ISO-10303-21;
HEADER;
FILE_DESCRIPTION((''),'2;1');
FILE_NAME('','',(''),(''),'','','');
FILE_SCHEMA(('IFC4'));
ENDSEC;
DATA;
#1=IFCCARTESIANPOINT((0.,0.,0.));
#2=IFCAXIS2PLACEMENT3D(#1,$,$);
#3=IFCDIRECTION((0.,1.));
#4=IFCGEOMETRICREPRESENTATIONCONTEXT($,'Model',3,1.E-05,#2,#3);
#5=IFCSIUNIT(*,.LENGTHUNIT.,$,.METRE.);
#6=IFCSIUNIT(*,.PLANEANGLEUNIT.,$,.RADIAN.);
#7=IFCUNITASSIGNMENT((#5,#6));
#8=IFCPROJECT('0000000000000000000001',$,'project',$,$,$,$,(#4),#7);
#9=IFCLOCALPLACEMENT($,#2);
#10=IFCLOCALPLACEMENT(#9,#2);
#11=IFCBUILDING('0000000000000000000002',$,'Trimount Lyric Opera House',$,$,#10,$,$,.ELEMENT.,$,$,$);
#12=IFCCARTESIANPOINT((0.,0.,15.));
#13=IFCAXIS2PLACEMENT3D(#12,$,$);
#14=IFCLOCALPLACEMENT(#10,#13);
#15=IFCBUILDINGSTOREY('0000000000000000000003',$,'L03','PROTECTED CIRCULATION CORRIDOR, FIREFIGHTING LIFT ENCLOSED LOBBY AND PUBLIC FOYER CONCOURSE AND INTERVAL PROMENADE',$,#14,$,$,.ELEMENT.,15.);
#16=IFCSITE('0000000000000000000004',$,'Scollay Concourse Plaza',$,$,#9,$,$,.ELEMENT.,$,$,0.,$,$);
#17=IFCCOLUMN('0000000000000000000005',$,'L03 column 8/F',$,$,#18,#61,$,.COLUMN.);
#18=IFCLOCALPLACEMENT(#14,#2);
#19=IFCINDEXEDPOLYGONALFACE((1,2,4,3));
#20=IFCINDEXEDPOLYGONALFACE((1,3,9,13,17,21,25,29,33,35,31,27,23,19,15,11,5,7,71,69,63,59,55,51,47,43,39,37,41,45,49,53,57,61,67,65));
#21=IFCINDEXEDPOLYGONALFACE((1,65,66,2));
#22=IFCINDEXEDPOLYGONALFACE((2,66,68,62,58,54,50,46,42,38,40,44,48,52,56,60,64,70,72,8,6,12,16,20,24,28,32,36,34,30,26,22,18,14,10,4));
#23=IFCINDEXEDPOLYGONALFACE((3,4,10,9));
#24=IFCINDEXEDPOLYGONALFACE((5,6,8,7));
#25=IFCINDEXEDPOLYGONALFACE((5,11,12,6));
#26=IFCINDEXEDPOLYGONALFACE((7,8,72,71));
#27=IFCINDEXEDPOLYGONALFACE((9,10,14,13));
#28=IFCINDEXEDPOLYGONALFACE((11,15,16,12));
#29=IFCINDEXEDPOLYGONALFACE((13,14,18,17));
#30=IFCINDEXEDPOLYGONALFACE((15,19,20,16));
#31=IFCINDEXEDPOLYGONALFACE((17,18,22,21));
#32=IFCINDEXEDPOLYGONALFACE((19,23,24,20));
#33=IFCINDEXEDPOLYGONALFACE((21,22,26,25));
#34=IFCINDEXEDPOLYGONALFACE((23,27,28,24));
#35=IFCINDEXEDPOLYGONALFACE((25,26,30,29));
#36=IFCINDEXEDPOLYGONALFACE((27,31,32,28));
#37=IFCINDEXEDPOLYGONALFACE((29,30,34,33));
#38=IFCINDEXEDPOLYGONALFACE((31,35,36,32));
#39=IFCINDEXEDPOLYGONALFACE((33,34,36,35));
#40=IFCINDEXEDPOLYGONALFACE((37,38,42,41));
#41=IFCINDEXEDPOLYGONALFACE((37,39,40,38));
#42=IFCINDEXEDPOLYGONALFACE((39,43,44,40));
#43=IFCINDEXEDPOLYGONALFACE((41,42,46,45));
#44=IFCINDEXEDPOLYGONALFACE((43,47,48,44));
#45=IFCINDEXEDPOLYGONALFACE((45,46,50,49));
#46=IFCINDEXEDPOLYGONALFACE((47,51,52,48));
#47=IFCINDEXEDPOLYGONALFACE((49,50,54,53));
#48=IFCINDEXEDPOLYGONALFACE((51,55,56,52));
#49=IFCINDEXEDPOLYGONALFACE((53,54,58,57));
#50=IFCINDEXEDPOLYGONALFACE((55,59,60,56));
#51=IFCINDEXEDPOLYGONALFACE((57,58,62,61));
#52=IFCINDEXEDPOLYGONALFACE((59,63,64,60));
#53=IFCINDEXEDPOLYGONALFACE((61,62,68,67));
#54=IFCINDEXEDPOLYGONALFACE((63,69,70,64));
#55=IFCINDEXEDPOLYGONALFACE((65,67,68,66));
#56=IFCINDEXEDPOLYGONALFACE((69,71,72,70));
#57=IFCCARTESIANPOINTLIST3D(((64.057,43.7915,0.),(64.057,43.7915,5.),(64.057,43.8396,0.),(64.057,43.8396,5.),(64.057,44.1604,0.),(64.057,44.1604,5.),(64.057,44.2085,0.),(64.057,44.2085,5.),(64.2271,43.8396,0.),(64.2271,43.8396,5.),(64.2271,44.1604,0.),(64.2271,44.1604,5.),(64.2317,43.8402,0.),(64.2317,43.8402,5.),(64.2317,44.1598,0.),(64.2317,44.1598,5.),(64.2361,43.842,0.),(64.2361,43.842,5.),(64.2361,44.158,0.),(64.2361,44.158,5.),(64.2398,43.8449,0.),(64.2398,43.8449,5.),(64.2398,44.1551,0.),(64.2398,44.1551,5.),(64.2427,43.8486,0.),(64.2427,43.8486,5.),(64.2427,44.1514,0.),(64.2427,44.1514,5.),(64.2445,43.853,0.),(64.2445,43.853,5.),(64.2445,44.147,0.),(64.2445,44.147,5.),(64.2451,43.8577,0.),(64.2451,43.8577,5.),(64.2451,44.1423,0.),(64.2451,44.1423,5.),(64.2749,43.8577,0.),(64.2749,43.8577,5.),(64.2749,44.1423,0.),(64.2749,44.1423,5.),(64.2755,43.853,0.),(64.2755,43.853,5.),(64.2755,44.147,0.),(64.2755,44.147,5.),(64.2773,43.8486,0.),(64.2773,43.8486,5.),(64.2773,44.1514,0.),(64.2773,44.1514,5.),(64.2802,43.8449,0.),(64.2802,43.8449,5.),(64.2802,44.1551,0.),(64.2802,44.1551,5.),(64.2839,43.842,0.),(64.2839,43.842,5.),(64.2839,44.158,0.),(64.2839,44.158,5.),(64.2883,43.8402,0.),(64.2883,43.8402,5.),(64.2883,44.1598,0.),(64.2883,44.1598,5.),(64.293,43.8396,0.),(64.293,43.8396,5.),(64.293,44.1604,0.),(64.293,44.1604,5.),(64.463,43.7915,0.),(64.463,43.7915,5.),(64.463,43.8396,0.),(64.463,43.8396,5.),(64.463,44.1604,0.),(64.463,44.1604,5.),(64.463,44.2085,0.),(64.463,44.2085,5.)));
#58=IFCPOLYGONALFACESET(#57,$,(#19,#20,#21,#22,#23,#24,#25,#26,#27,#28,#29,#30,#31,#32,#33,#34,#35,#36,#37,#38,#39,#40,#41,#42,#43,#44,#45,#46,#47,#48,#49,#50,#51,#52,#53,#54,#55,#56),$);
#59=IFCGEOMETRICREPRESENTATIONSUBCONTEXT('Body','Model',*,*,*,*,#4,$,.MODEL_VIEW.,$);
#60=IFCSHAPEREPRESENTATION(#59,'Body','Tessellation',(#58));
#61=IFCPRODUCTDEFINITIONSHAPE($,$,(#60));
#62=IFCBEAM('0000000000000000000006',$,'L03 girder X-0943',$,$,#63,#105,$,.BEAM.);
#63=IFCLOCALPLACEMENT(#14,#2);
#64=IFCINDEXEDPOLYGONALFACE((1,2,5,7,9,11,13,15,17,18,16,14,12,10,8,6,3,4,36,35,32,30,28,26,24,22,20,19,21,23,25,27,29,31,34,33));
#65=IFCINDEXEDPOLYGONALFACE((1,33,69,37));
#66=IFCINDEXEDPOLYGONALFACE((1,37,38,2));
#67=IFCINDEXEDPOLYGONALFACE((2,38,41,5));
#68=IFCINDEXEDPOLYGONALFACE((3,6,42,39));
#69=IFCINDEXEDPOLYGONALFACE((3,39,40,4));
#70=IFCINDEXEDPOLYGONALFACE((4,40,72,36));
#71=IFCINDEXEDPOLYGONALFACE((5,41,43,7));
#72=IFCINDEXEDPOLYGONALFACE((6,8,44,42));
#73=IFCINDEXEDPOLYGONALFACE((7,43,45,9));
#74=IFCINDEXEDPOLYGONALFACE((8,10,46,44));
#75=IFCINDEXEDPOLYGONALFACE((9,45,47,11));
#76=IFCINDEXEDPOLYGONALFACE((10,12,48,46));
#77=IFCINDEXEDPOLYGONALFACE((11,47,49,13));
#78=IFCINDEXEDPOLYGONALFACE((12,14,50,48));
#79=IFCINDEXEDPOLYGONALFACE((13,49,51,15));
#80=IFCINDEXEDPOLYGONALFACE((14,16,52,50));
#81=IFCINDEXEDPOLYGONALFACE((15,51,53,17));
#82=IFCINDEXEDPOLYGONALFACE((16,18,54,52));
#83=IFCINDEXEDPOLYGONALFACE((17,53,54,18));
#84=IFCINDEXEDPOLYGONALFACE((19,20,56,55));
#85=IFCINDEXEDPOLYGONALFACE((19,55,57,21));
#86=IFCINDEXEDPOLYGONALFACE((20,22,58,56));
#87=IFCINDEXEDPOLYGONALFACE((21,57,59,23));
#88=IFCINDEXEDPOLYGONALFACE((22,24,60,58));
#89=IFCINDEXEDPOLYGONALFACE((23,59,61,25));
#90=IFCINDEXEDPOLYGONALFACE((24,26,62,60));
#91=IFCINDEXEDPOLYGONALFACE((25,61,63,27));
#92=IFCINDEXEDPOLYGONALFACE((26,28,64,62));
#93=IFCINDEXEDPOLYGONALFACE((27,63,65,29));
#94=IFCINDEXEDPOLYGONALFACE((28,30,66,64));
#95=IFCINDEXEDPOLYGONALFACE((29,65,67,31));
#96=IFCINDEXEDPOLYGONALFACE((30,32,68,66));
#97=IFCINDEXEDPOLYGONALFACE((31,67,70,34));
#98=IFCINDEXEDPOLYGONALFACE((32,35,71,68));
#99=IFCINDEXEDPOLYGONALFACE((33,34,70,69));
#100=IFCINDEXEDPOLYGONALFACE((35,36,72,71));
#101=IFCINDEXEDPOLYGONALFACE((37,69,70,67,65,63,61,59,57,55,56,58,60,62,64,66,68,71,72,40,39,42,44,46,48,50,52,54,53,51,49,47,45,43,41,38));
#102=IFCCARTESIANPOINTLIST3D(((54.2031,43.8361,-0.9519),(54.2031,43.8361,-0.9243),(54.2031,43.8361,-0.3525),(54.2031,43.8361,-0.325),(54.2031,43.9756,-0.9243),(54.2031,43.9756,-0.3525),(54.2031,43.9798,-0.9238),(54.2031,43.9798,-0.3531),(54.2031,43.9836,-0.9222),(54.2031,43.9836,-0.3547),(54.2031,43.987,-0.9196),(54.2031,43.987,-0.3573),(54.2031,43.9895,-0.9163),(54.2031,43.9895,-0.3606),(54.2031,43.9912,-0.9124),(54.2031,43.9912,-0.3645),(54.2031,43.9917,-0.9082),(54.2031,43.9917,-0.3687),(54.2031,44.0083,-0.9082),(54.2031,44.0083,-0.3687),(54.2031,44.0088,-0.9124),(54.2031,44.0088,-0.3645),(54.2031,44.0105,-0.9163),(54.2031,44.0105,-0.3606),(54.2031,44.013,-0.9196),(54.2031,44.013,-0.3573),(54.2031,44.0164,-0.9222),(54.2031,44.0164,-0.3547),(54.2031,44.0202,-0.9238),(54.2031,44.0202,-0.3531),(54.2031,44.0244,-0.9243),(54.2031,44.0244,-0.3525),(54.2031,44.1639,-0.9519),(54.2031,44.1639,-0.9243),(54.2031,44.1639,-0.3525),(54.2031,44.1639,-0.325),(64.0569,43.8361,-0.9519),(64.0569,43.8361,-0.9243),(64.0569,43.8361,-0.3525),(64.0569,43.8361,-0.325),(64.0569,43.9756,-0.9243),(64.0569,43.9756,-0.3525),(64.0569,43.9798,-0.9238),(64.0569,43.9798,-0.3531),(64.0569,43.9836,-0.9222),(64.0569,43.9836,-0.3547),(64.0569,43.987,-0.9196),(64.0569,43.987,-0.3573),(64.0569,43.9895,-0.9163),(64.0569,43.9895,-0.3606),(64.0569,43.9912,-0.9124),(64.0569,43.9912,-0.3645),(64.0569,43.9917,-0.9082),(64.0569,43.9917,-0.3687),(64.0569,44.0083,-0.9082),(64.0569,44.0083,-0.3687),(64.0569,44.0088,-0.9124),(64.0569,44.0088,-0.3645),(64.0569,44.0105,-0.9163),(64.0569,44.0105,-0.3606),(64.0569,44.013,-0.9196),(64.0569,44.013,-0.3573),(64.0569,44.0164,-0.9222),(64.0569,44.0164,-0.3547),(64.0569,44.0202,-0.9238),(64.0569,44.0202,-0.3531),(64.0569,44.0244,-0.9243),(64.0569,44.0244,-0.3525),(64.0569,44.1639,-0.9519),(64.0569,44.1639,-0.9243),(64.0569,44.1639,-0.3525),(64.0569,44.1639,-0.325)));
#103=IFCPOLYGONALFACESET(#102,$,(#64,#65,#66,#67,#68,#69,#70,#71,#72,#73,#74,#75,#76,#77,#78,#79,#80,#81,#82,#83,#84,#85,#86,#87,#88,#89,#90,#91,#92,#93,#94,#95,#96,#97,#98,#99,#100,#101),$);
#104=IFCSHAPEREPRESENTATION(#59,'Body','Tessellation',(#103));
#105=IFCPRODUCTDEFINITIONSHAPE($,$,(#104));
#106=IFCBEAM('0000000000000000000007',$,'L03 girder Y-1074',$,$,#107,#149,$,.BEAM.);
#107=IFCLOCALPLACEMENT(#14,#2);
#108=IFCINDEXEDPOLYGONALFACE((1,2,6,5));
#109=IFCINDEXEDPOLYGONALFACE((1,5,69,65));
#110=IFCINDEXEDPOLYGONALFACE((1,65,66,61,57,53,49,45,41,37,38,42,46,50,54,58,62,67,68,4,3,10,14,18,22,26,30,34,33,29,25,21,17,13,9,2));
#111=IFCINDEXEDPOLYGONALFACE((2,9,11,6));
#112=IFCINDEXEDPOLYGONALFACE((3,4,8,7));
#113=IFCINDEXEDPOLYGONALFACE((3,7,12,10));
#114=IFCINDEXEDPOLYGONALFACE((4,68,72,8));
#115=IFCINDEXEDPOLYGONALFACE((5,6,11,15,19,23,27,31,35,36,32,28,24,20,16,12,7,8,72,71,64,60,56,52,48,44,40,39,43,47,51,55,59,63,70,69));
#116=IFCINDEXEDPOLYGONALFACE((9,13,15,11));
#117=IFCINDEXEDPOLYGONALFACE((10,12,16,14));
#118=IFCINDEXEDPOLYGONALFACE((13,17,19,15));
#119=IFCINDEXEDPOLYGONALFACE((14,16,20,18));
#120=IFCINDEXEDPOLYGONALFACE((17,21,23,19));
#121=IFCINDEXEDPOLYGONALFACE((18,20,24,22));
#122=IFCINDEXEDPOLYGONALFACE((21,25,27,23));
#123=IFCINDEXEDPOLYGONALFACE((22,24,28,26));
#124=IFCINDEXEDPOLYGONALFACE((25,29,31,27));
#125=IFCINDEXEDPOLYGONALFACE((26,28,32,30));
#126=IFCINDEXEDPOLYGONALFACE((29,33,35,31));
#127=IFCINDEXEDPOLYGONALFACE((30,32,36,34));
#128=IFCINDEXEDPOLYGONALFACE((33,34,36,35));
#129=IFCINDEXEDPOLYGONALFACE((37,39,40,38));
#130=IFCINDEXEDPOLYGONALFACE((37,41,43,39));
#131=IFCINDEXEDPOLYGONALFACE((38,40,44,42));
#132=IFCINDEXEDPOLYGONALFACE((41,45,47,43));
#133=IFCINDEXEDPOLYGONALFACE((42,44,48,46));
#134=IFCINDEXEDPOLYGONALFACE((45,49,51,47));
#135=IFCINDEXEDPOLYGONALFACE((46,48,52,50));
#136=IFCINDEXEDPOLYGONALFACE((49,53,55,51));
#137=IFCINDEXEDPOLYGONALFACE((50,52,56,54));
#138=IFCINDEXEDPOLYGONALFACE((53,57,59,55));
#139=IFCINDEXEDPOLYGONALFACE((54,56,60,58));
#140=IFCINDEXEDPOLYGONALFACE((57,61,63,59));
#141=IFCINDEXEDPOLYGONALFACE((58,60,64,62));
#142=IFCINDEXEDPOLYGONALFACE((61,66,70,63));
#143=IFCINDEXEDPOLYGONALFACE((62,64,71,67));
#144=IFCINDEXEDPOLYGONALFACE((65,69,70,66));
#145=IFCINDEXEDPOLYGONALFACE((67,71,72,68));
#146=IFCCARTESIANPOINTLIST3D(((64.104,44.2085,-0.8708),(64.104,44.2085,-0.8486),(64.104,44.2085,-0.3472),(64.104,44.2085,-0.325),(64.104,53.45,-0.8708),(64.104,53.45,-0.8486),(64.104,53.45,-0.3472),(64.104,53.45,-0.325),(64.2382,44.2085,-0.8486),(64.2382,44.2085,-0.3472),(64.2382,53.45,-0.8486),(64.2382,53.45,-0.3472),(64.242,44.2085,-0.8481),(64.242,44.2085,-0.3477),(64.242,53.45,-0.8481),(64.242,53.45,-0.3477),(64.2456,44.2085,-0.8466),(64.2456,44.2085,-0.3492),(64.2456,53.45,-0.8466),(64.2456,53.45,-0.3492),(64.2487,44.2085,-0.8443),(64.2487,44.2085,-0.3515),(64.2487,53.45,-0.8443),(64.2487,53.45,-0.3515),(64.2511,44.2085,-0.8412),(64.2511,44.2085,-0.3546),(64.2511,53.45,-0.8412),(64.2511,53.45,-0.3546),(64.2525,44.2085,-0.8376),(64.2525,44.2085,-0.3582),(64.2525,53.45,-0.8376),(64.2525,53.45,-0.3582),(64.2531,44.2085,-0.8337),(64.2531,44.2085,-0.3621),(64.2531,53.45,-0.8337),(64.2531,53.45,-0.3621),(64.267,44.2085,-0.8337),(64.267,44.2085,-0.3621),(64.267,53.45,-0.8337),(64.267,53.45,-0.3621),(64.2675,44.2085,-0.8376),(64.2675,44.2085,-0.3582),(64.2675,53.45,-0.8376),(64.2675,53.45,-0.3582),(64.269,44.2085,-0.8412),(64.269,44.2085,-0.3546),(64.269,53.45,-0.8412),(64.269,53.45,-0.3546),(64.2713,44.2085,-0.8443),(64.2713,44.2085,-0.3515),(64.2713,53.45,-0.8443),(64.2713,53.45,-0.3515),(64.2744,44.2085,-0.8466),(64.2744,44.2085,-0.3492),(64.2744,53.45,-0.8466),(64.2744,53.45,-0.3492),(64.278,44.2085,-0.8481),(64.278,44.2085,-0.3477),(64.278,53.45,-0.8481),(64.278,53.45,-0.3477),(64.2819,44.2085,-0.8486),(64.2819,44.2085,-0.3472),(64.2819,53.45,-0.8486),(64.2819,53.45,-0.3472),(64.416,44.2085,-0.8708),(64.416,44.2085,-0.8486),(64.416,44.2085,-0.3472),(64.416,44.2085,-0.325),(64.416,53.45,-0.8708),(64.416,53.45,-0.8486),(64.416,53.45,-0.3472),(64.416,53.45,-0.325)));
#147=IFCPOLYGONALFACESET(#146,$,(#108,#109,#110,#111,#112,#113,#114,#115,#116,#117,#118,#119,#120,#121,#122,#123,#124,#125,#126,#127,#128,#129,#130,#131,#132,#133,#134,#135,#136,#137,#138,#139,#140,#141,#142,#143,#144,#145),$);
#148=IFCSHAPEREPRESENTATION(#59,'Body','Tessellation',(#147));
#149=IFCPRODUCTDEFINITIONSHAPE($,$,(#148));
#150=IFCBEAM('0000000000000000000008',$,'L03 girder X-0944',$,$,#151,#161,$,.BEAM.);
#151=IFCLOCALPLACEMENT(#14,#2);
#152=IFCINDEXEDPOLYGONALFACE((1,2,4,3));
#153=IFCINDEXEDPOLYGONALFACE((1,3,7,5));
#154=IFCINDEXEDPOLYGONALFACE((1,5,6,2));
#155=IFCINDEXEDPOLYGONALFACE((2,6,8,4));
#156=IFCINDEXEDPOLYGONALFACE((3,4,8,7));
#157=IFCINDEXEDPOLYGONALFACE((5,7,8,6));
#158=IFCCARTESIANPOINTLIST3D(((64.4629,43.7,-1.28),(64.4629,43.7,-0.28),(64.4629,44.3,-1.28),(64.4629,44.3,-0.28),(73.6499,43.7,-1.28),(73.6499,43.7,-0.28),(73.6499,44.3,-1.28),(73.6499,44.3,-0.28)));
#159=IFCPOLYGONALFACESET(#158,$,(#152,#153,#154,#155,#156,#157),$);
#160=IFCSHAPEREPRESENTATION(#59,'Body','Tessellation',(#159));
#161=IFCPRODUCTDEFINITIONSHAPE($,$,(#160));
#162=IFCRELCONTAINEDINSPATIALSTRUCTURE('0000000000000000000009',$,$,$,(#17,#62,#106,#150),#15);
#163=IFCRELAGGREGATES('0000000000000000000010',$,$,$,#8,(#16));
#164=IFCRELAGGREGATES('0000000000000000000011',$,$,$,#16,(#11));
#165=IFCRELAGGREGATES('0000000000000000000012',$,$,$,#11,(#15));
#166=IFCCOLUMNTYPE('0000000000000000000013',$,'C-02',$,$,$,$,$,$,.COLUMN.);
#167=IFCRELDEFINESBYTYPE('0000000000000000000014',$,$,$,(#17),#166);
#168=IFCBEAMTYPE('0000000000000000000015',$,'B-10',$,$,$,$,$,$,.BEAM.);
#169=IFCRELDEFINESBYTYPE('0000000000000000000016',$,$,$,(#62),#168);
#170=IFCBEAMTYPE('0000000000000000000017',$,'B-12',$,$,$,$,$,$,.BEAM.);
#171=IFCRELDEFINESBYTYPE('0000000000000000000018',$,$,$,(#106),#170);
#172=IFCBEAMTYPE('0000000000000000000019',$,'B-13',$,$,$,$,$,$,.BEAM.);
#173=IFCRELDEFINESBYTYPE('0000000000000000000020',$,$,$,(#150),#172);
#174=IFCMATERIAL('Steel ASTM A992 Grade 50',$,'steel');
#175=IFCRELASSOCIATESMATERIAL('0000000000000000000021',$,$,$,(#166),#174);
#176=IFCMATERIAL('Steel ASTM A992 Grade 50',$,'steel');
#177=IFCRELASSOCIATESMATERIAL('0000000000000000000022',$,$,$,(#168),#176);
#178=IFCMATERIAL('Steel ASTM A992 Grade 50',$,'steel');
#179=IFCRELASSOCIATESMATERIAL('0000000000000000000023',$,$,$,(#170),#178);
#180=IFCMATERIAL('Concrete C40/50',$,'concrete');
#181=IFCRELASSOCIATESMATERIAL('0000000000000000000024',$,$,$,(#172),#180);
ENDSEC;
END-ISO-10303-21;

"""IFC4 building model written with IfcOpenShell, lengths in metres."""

from ifc_helpers import new_model, si_unit, direction, frame, origin, origin_2d, place, context, subcontext, project, spatial, rectangle, i_section, extrude, material, material_profile, profile_set, type_object, element, save


model = new_model("IFC4")

# Units and contexts
model_context = context("Model", 3, precision=1e-05, world=origin(), true_north=direction((0.0, 1.0)))
body_context = subcontext(model_context, "Body", "Model", "MODEL_VIEW")
ifc_project = project(units=[si_unit("LENGTHUNIT", "METRE"), si_unit("PLANEANGLEUNIT", "RADIAN")], contexts=[model_context])

# Site, building, storey
site_placement = place(None, origin())
site = spatial("IfcSite", under=ifc_project, at=site_placement, Name="Scollay Concourse Plaza", CompositionType="ELEMENT", RefElevation=0.0)
building_placement = place(site_placement, origin())
building = spatial("IfcBuilding", under=site, at=building_placement, Name="Trimount Lyric Opera House", CompositionType="ELEMENT")
storey_placement = place(building_placement, frame((0.0, 0.0, 15.0)))
storey = spatial("IfcBuildingStorey", under=building, at=storey_placement, Name="L03", Description="PROTECTED CIRCULATION CORRIDOR, FIREFIGHTING LIFT ENCLOSED LOBBY AND PUBLIC FOYER CONCOURSE AND INTERVAL PROMENADE", CompositionType="ELEMENT", Elevation=15.0)

# Column
ifc_material_1 = material(Name="Steel ASTM A992 Grade 50", Category="steel")
ifc_material_profile_1 = material_profile(ifc_material_1, i_section(OverallWidth=0.406, OverallDepth=0.417, WebThickness=0.0298, FlangeThickness=0.0481, FilletRadius=0.0181, at=origin_2d()), Name="W14X257")
ifc_profile_set_1 = profile_set([ifc_material_profile_1], Name="Steel ASTM A992 Grade 50")
column_type = type_object("IfcColumnType", Name="C-02", PredefinedType="COLUMN", material=ifc_profile_set_1)
column_placement = place(storey_placement, frame((64.26, 44.0, 0.0), z_axis=(0.0, 0.0, 1.0), x_axis=(1.0, 0.0, 0.0)))
element("IfcColumn", 1, at=column_placement, inside=storey, type_object=column_type, Name="L03 column 8/F", PredefinedType="COLUMN", context=body_context, shape_type="SweptSolid", body=[
    extrude(i_section(OverallWidth=0.406, OverallDepth=0.417, WebThickness=0.0298, FlangeThickness=0.0481, FilletRadius=0.0181, at=origin_2d()), origin(), (0.0, 0.0, 1.0), 5.0),
])

# Beams
ifc_material_2 = material(Name="Steel ASTM A992 Grade 50", Category="steel")
ifc_material_profile_2 = material_profile(ifc_material_2, i_section(OverallWidth=0.3279, OverallDepth=0.627, WebThickness=0.0166, FlangeThickness=0.0276, FilletRadius=0.0161, at=origin_2d()), Name="W24X146")
ifc_profile_set_2 = profile_set([ifc_material_profile_2], Name="Steel ASTM A992 Grade 50")
beam_type_1 = type_object("IfcBeamType", Name="B-10", PredefinedType="BEAM", material=ifc_profile_set_2)
beam_1_placement = place(storey_placement, frame((54.2031, 44.0, -0.6384), z_axis=(1.0, 0.0, 0.0), x_axis=(0.0, 1.0, 0.0)))
element("IfcBeam", 2, at=beam_1_placement, inside=storey, type_object=beam_type_1, Name="L03 girder X-0943", PredefinedType="BEAM", context=body_context, shape_type="SweptSolid", body=[
    extrude(i_section(OverallWidth=0.3279, OverallDepth=0.627, WebThickness=0.0166, FlangeThickness=0.0276, FilletRadius=0.0161, at=origin_2d()), origin(), (0.0, 0.0, 1.0), 9.8538),
])
ifc_material_3 = material(Name="Steel ASTM A992 Grade 50", Category="steel")
ifc_material_profile_3 = material_profile(ifc_material_3, i_section(OverallWidth=0.312, OverallDepth=0.5459, WebThickness=0.0139, FlangeThickness=0.0222, FilletRadius=0.0149, at=origin_2d()), Name="W21X111")
ifc_profile_set_3 = profile_set([ifc_material_profile_3], Name="Steel ASTM A992 Grade 50")
beam_type_2 = type_object("IfcBeamType", Name="B-12", PredefinedType="BEAM", material=ifc_profile_set_3)
beam_2_placement = place(storey_placement, frame((64.26, 44.2085, -0.5979), z_axis=(0.0, 1.0, 0.0), x_axis=(-1.0, 0.0, 0.0)))
element("IfcBeam", 3, at=beam_2_placement, inside=storey, type_object=beam_type_2, Name="L03 girder Y-1074", PredefinedType="BEAM", context=body_context, shape_type="SweptSolid", body=[
    extrude(i_section(OverallWidth=0.312, OverallDepth=0.5459, WebThickness=0.0139, FlangeThickness=0.0222, FilletRadius=0.0149, at=origin_2d()), origin(), (0.0, 0.0, 1.0), 9.2415),
])
ifc_material_4 = material(Name="Concrete C40/50", Category="concrete")
ifc_material_profile_4 = material_profile(ifc_material_4, rectangle(XDim=0.6001, YDim=1.0, at=origin_2d()), Name="RC600X1000")
ifc_profile_set_4 = profile_set([ifc_material_profile_4], Name="Concrete C40/50")
beam_type_3 = type_object("IfcBeamType", Name="B-13", PredefinedType="BEAM", material=ifc_profile_set_4)
beam_3_placement = place(storey_placement, frame((64.4629, 44.0, -0.78), z_axis=(1.0, 0.0, 0.0), x_axis=(0.0, 1.0, 0.0)))
element("IfcBeam", 4, at=beam_3_placement, inside=storey, type_object=beam_type_3, Name="L03 girder X-0944", PredefinedType="BEAM", context=body_context, shape_type="SweptSolid", body=[
    extrude(rectangle(XDim=0.6001, YDim=1.0, at=origin_2d()), origin(), (0.0, 0.0, 1.0), 9.187),
])

save(model, "model.ifc")
